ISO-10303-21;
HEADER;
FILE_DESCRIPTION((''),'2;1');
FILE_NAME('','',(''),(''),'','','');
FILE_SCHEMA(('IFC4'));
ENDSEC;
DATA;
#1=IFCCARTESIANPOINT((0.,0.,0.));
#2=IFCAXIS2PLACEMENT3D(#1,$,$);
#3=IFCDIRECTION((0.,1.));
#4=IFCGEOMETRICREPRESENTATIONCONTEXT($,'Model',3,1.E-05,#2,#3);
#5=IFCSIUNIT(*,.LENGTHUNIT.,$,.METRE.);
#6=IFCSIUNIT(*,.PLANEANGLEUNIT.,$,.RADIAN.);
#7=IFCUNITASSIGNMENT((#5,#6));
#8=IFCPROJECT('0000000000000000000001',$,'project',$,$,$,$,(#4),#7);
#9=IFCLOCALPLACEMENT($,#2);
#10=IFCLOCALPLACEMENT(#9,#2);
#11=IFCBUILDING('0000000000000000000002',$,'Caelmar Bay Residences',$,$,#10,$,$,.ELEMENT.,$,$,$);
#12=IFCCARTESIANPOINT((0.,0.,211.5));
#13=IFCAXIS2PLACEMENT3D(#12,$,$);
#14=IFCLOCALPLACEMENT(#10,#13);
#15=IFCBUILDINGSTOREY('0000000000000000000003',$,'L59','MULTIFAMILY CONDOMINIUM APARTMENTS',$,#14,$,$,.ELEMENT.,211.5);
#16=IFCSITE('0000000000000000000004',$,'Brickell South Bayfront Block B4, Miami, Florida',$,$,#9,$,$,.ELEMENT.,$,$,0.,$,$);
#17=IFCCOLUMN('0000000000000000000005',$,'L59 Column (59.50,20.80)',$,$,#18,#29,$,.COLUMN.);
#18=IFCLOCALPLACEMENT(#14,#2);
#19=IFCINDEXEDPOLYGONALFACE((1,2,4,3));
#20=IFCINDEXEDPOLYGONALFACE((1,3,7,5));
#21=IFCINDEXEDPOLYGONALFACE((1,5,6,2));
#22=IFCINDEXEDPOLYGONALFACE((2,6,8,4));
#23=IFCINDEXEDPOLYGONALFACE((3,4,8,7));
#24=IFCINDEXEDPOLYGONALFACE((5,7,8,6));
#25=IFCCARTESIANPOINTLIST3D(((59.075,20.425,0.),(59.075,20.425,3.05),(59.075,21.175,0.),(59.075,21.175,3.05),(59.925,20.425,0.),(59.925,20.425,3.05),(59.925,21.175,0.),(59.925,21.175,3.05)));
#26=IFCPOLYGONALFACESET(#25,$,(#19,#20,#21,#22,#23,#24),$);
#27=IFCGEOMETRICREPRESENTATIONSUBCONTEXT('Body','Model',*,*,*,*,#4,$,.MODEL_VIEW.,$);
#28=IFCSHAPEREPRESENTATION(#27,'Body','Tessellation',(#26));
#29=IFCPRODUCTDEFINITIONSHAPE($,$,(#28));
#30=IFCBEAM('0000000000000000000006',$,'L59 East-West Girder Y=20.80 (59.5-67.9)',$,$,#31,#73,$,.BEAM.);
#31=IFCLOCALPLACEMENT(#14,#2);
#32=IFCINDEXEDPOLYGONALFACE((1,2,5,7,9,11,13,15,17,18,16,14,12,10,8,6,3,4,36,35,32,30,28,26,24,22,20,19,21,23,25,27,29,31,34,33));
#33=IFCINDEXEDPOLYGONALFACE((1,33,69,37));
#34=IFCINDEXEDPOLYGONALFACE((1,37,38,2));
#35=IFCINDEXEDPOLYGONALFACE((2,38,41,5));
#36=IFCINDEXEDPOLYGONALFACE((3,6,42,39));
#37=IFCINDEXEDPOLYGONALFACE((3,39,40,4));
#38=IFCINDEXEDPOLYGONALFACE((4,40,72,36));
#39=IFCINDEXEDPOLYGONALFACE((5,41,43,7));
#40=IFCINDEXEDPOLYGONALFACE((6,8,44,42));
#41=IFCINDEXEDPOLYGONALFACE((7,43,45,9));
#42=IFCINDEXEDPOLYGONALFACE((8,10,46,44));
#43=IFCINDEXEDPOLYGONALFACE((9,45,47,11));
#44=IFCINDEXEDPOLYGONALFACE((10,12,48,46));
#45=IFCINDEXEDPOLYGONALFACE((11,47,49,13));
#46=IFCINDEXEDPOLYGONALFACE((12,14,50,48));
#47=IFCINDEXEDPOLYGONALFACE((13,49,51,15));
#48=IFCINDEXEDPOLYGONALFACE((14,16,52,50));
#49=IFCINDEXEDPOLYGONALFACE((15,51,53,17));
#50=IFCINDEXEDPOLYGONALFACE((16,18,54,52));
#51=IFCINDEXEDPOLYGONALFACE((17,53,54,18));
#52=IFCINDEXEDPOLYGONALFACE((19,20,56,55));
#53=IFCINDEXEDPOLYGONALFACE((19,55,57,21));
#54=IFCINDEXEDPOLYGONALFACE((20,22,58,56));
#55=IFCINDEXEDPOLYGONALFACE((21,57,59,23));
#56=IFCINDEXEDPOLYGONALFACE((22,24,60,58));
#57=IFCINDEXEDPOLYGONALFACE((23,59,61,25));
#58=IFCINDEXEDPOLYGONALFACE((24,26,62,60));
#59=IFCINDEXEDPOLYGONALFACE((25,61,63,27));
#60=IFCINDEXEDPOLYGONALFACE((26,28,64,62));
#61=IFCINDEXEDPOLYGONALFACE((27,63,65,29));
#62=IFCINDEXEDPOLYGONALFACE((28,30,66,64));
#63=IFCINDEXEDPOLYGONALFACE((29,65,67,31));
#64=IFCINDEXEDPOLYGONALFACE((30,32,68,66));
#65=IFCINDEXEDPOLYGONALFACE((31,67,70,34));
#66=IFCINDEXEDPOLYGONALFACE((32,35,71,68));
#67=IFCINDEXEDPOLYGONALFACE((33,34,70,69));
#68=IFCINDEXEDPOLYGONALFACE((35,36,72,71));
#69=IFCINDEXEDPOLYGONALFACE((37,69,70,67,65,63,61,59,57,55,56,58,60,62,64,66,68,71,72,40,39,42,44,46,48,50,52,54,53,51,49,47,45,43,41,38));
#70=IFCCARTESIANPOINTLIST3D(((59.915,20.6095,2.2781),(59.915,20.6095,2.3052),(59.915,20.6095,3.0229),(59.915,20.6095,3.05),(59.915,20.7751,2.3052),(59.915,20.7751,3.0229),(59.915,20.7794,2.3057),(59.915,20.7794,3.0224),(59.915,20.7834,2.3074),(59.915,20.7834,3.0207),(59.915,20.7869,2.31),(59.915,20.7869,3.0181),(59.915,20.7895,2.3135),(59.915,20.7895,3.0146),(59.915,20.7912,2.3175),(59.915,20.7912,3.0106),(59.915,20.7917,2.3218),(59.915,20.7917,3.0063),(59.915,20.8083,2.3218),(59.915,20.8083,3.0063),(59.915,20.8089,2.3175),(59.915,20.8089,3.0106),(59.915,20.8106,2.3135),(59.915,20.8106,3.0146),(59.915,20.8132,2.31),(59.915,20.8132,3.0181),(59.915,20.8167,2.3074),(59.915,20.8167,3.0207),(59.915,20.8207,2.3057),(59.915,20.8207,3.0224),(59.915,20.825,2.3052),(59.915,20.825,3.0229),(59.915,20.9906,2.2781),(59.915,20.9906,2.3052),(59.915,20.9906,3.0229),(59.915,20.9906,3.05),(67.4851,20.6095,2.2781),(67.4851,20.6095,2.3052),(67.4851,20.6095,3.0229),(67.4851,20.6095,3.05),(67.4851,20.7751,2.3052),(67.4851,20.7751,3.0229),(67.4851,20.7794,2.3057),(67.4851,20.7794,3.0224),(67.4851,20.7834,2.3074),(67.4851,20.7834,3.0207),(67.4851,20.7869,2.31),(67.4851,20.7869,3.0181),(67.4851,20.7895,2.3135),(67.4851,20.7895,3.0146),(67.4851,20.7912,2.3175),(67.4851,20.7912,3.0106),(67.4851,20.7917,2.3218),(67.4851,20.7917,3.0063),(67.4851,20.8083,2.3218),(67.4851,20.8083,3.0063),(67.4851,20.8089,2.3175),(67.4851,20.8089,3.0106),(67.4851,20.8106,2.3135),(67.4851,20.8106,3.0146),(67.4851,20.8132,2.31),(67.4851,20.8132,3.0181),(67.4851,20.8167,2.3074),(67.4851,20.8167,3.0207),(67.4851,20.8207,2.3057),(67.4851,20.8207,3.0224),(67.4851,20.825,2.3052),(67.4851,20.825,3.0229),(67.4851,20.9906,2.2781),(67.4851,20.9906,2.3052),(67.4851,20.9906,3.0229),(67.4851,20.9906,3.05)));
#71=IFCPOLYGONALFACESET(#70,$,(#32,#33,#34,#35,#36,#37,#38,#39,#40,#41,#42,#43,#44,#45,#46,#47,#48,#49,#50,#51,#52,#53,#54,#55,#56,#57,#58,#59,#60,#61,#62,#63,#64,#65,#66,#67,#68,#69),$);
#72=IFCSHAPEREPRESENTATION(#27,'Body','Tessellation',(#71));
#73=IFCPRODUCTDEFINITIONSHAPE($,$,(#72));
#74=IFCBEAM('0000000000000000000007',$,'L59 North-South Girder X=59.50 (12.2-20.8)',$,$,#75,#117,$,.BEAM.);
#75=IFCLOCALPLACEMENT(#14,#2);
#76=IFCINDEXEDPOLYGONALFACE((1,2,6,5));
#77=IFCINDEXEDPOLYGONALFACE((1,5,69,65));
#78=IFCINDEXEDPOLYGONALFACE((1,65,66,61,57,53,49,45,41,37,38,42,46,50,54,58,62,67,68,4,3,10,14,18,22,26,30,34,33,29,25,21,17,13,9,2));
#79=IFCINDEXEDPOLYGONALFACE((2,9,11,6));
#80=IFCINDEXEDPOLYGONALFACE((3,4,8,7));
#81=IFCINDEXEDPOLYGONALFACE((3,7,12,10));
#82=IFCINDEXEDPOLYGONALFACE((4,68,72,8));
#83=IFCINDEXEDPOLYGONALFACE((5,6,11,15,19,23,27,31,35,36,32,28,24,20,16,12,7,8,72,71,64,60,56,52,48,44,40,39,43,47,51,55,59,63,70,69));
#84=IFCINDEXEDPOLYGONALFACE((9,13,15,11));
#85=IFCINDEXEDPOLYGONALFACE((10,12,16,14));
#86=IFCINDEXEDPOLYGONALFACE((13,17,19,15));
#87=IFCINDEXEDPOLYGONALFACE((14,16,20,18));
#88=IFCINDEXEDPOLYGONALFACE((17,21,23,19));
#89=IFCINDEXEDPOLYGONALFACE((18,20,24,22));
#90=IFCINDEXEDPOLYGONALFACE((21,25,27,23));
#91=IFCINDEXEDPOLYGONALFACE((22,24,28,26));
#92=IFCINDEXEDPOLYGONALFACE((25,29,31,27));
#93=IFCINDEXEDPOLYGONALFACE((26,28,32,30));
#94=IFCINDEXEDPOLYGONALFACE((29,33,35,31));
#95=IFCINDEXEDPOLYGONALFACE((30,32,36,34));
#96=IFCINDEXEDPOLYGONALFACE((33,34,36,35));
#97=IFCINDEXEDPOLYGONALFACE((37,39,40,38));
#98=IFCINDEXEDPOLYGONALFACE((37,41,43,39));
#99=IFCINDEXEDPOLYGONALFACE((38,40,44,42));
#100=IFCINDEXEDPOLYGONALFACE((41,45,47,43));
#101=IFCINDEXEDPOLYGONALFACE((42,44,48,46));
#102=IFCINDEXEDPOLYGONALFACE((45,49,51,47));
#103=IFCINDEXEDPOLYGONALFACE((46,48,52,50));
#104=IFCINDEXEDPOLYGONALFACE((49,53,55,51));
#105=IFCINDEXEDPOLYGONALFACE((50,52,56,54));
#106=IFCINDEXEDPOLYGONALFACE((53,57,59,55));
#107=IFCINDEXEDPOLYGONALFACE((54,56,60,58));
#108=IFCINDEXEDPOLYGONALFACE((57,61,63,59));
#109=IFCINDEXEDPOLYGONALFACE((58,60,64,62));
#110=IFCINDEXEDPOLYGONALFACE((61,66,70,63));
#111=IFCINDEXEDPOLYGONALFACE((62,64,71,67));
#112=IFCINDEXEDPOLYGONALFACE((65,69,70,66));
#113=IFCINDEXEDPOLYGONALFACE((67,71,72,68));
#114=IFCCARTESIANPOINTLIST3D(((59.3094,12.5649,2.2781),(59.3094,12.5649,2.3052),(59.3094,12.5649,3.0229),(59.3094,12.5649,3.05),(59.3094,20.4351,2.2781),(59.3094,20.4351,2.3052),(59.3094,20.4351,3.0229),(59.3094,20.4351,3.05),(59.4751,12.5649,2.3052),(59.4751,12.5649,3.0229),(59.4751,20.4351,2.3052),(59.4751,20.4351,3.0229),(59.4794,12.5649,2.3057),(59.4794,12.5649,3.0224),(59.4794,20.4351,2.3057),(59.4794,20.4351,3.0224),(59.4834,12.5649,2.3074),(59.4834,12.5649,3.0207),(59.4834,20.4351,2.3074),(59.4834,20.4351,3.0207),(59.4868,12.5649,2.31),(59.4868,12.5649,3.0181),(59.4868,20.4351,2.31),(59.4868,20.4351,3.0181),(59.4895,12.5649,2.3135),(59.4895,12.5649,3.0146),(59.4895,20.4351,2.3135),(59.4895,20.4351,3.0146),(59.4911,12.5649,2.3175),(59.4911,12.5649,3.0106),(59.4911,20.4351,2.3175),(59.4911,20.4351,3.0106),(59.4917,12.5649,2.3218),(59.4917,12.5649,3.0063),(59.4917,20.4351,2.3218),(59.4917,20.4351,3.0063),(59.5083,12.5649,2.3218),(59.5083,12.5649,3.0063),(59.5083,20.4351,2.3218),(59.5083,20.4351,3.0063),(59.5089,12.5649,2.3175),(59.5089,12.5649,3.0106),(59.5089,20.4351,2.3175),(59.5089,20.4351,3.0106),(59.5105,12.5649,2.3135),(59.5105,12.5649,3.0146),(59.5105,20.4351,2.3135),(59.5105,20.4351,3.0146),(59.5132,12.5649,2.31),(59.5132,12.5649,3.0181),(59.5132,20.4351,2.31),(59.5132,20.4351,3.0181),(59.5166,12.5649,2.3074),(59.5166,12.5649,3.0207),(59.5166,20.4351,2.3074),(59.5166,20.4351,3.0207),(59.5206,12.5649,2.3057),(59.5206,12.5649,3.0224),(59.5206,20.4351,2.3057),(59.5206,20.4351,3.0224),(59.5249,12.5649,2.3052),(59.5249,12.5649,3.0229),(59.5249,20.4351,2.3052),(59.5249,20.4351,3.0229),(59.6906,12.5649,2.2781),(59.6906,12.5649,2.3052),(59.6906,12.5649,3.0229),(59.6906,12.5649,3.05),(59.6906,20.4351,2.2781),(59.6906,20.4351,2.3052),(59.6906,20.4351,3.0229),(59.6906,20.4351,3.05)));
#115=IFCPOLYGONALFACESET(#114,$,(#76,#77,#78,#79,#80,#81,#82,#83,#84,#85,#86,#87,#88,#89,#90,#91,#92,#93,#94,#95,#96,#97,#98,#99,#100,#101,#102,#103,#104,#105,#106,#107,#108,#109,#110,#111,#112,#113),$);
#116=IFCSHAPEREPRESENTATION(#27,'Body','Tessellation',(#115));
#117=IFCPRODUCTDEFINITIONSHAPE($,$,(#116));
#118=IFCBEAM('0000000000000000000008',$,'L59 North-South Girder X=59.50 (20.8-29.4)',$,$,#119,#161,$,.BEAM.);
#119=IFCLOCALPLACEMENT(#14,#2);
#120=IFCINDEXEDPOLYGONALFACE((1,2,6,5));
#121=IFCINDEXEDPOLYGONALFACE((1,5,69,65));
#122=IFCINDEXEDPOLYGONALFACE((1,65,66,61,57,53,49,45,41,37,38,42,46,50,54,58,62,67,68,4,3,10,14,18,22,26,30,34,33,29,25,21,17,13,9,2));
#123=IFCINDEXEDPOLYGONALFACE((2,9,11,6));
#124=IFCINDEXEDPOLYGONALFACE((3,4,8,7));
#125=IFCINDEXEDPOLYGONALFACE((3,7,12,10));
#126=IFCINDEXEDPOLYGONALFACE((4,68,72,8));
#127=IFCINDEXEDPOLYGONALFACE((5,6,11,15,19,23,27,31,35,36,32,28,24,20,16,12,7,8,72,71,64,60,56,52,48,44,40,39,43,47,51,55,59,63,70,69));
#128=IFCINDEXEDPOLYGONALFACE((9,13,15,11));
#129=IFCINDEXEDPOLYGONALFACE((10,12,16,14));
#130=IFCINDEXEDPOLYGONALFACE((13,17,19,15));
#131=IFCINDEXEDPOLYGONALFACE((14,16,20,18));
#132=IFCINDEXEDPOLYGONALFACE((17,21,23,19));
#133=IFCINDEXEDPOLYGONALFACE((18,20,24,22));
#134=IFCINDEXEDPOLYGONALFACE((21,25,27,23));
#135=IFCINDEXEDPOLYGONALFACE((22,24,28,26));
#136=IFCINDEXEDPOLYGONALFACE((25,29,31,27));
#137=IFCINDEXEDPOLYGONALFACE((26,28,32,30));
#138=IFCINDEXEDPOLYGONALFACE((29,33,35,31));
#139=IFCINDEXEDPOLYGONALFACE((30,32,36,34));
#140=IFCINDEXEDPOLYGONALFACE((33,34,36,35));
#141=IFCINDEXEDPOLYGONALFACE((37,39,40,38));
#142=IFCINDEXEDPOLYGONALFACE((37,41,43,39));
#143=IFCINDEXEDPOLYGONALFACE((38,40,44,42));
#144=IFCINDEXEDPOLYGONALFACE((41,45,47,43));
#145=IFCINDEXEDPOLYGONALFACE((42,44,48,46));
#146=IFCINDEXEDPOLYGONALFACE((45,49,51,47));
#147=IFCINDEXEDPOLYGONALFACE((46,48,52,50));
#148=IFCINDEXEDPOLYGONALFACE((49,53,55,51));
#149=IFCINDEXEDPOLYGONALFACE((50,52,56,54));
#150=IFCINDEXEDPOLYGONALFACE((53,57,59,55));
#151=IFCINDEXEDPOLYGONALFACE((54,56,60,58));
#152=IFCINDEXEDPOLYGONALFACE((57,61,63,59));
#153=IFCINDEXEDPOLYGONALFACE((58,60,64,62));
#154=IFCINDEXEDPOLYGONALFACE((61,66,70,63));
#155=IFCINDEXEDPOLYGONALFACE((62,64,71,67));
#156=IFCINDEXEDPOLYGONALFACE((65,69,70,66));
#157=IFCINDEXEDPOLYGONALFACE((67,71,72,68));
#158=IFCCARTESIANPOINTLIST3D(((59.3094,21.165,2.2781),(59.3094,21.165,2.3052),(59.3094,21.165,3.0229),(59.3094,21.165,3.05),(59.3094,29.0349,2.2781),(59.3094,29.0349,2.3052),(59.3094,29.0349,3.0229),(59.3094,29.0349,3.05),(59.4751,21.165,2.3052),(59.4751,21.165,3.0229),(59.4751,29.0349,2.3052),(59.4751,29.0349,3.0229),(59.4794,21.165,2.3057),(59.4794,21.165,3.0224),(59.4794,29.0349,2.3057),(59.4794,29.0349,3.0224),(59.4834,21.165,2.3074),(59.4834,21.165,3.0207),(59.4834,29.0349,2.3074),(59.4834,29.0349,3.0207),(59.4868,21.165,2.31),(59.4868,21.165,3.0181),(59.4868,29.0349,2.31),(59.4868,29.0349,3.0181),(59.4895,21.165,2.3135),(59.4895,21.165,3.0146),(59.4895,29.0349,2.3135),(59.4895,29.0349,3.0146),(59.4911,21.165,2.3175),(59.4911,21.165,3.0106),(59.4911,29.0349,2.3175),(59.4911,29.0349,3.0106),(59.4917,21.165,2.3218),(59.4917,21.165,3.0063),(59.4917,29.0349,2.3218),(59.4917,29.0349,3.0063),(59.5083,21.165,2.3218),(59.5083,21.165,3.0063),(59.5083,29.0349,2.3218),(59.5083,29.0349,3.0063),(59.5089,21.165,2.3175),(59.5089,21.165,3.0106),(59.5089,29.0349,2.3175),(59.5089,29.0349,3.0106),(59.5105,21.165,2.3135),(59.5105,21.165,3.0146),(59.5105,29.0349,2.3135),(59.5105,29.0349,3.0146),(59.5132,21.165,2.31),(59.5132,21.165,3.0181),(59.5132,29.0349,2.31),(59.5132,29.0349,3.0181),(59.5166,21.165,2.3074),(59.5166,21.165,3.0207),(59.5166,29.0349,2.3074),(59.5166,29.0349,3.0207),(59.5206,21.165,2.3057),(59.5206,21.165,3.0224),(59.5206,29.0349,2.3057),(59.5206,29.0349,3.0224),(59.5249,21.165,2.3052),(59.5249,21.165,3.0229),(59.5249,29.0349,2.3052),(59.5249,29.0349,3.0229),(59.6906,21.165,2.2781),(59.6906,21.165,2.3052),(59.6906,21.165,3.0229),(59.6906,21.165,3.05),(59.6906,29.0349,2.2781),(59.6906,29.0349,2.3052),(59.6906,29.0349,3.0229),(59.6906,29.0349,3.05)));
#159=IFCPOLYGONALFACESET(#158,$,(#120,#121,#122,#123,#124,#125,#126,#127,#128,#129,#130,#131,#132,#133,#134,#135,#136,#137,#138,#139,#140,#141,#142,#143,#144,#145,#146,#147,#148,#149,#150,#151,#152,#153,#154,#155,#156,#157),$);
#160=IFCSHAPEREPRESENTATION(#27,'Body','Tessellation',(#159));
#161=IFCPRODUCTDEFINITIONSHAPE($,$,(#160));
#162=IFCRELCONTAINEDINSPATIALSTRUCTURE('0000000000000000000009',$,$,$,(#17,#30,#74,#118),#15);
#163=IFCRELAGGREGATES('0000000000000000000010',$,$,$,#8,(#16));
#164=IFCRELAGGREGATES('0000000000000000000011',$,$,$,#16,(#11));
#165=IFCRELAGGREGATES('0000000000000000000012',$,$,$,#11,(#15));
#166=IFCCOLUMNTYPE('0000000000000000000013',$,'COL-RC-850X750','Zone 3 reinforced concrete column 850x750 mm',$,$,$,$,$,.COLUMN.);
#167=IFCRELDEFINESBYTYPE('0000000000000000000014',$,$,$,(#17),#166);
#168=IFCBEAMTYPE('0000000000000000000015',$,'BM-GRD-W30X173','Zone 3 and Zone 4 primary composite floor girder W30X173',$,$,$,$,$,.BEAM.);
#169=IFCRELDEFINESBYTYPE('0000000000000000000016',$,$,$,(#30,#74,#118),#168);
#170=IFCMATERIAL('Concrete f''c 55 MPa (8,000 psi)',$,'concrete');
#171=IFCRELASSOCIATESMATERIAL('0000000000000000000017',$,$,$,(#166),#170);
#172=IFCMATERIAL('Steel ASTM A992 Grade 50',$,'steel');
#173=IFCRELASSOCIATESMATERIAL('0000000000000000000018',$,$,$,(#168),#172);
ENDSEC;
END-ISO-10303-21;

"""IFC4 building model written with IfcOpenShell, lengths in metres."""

from ifc_helpers import new_model, si_unit, direction, frame, origin, origin_2d, place, context, subcontext, project, spatial, rectangle, i_section, extrude, material, material_profile, profile_set, type_object, element, save


model = new_model("IFC4")

# Units and contexts
model_context = context("Model", 3, precision=1e-05, world=origin(), true_north=direction((0.0, 1.0)))
body_context = subcontext(model_context, "Body", "Model", "MODEL_VIEW")
ifc_project = project(units=[si_unit("LENGTHUNIT", "METRE"), si_unit("PLANEANGLEUNIT", "RADIAN")], contexts=[model_context])

# Site, building, storey
site_placement = place(None, origin())
site = spatial("IfcSite", under=ifc_project, at=site_placement, Name="Brickell South Bayfront Block B4, Miami, Florida", CompositionType="ELEMENT", RefElevation=0.0)
building_placement = place(site_placement, origin())
building = spatial("IfcBuilding", under=site, at=building_placement, Name="Caelmar Bay Residences", CompositionType="ELEMENT")
storey_placement = place(building_placement, frame((0.0, 0.0, 211.5)))
storey = spatial("IfcBuildingStorey", under=building, at=storey_placement, Name="L59", Description="MULTIFAMILY CONDOMINIUM APARTMENTS", CompositionType="ELEMENT", Elevation=211.5)

# Column
ifc_material_1 = material(Name="Concrete f'c 55 MPa (8,000 psi)", Category="concrete")
ifc_material_profile_1 = material_profile(ifc_material_1, rectangle(XDim=0.8501, YDim=0.75, at=origin_2d()), Name="RC-COL-850X750")
ifc_profile_set_1 = profile_set([ifc_material_profile_1], Name="Concrete f'c 55 MPa (8,000 psi)")
column_type = type_object("IfcColumnType", Name="COL-RC-850X750", Description="Zone 3 reinforced concrete column 850x750 mm", PredefinedType="COLUMN", material=ifc_profile_set_1)
column_placement = place(storey_placement, frame((59.5, 20.8, 0.0), z_axis=(0.0, 0.0, 1.0), x_axis=(1.0, 0.0, 0.0)))
element("IfcColumn", 1, at=column_placement, inside=storey, type_object=column_type, Name="L59 Column (59.50,20.80)", PredefinedType="COLUMN", context=body_context, shape_type="SweptSolid", body=[
    extrude(rectangle(XDim=0.8501, YDim=0.75, at=origin_2d()), origin(), (0.0, 0.0, 1.0), 3.05),
])

# Beams
ifc_material_2 = material(Name="Steel ASTM A992 Grade 50", Category="steel")
ifc_material_profile_2 = material_profile(ifc_material_2, i_section(OverallWidth=0.3811, OverallDepth=0.772, WebThickness=0.0166, FlangeThickness=0.0271, FilletRadius=0.0166, at=origin_2d()), Name="W30X173")
ifc_profile_set_2 = profile_set([ifc_material_profile_2], Name="Steel ASTM A992 Grade 50")
beam_type_1 = type_object("IfcBeamType", Name="BM-GRD-W30X173", Description="Zone 3 and Zone 4 primary composite floor girder W30X173", PredefinedType="BEAM", material=ifc_profile_set_2)
beam_1_placement = place(storey_placement, frame((59.915, 20.8, 2.6641), z_axis=(1.0, 0.0, 0.0), x_axis=(0.0, 1.0, 0.0)))
element("IfcBeam", 2, at=beam_1_placement, inside=storey, type_object=beam_type_1, Name="L59 East-West Girder Y=20.80 (59.5-67.9)", PredefinedType="BEAM", context=body_context, shape_type="SweptSolid", body=[
    extrude(i_section(OverallWidth=0.3811, OverallDepth=0.772, WebThickness=0.0166, FlangeThickness=0.0271, FilletRadius=0.0166, at=origin_2d()), origin(), (0.0, 0.0, 1.0), 7.5701),
])
beam_2_placement = place(storey_placement, frame((59.5, 12.5649, 2.6641), z_axis=(0.0, 1.0, 0.0), x_axis=(-1.0, 0.0, 0.0)))
element("IfcBeam", 3, at=beam_2_placement, inside=storey, type_object=beam_type_1, Name="L59 North-South Girder X=59.50 (12.2-20.8)", PredefinedType="BEAM", context=body_context, shape_type="SweptSolid", body=[
    extrude(i_section(OverallWidth=0.3811, OverallDepth=0.772, WebThickness=0.0166, FlangeThickness=0.0271, FilletRadius=0.0166, at=origin_2d()), origin(), (0.0, 0.0, 1.0), 7.8701),
])
beam_3_placement = place(storey_placement, frame((59.5, 21.165, 2.6641), z_axis=(0.0, 1.0, 0.0), x_axis=(-1.0, 0.0, 0.0)))
element("IfcBeam", 4, at=beam_3_placement, inside=storey, type_object=beam_type_1, Name="L59 North-South Girder X=59.50 (20.8-29.4)", PredefinedType="BEAM", context=body_context, shape_type="SweptSolid", body=[
    extrude(i_section(OverallWidth=0.3811, OverallDepth=0.772, WebThickness=0.0166, FlangeThickness=0.0271, FilletRadius=0.0166, at=origin_2d()), origin(), (0.0, 0.0, 1.0), 7.8699),
])

save(model, "model.ifc")
